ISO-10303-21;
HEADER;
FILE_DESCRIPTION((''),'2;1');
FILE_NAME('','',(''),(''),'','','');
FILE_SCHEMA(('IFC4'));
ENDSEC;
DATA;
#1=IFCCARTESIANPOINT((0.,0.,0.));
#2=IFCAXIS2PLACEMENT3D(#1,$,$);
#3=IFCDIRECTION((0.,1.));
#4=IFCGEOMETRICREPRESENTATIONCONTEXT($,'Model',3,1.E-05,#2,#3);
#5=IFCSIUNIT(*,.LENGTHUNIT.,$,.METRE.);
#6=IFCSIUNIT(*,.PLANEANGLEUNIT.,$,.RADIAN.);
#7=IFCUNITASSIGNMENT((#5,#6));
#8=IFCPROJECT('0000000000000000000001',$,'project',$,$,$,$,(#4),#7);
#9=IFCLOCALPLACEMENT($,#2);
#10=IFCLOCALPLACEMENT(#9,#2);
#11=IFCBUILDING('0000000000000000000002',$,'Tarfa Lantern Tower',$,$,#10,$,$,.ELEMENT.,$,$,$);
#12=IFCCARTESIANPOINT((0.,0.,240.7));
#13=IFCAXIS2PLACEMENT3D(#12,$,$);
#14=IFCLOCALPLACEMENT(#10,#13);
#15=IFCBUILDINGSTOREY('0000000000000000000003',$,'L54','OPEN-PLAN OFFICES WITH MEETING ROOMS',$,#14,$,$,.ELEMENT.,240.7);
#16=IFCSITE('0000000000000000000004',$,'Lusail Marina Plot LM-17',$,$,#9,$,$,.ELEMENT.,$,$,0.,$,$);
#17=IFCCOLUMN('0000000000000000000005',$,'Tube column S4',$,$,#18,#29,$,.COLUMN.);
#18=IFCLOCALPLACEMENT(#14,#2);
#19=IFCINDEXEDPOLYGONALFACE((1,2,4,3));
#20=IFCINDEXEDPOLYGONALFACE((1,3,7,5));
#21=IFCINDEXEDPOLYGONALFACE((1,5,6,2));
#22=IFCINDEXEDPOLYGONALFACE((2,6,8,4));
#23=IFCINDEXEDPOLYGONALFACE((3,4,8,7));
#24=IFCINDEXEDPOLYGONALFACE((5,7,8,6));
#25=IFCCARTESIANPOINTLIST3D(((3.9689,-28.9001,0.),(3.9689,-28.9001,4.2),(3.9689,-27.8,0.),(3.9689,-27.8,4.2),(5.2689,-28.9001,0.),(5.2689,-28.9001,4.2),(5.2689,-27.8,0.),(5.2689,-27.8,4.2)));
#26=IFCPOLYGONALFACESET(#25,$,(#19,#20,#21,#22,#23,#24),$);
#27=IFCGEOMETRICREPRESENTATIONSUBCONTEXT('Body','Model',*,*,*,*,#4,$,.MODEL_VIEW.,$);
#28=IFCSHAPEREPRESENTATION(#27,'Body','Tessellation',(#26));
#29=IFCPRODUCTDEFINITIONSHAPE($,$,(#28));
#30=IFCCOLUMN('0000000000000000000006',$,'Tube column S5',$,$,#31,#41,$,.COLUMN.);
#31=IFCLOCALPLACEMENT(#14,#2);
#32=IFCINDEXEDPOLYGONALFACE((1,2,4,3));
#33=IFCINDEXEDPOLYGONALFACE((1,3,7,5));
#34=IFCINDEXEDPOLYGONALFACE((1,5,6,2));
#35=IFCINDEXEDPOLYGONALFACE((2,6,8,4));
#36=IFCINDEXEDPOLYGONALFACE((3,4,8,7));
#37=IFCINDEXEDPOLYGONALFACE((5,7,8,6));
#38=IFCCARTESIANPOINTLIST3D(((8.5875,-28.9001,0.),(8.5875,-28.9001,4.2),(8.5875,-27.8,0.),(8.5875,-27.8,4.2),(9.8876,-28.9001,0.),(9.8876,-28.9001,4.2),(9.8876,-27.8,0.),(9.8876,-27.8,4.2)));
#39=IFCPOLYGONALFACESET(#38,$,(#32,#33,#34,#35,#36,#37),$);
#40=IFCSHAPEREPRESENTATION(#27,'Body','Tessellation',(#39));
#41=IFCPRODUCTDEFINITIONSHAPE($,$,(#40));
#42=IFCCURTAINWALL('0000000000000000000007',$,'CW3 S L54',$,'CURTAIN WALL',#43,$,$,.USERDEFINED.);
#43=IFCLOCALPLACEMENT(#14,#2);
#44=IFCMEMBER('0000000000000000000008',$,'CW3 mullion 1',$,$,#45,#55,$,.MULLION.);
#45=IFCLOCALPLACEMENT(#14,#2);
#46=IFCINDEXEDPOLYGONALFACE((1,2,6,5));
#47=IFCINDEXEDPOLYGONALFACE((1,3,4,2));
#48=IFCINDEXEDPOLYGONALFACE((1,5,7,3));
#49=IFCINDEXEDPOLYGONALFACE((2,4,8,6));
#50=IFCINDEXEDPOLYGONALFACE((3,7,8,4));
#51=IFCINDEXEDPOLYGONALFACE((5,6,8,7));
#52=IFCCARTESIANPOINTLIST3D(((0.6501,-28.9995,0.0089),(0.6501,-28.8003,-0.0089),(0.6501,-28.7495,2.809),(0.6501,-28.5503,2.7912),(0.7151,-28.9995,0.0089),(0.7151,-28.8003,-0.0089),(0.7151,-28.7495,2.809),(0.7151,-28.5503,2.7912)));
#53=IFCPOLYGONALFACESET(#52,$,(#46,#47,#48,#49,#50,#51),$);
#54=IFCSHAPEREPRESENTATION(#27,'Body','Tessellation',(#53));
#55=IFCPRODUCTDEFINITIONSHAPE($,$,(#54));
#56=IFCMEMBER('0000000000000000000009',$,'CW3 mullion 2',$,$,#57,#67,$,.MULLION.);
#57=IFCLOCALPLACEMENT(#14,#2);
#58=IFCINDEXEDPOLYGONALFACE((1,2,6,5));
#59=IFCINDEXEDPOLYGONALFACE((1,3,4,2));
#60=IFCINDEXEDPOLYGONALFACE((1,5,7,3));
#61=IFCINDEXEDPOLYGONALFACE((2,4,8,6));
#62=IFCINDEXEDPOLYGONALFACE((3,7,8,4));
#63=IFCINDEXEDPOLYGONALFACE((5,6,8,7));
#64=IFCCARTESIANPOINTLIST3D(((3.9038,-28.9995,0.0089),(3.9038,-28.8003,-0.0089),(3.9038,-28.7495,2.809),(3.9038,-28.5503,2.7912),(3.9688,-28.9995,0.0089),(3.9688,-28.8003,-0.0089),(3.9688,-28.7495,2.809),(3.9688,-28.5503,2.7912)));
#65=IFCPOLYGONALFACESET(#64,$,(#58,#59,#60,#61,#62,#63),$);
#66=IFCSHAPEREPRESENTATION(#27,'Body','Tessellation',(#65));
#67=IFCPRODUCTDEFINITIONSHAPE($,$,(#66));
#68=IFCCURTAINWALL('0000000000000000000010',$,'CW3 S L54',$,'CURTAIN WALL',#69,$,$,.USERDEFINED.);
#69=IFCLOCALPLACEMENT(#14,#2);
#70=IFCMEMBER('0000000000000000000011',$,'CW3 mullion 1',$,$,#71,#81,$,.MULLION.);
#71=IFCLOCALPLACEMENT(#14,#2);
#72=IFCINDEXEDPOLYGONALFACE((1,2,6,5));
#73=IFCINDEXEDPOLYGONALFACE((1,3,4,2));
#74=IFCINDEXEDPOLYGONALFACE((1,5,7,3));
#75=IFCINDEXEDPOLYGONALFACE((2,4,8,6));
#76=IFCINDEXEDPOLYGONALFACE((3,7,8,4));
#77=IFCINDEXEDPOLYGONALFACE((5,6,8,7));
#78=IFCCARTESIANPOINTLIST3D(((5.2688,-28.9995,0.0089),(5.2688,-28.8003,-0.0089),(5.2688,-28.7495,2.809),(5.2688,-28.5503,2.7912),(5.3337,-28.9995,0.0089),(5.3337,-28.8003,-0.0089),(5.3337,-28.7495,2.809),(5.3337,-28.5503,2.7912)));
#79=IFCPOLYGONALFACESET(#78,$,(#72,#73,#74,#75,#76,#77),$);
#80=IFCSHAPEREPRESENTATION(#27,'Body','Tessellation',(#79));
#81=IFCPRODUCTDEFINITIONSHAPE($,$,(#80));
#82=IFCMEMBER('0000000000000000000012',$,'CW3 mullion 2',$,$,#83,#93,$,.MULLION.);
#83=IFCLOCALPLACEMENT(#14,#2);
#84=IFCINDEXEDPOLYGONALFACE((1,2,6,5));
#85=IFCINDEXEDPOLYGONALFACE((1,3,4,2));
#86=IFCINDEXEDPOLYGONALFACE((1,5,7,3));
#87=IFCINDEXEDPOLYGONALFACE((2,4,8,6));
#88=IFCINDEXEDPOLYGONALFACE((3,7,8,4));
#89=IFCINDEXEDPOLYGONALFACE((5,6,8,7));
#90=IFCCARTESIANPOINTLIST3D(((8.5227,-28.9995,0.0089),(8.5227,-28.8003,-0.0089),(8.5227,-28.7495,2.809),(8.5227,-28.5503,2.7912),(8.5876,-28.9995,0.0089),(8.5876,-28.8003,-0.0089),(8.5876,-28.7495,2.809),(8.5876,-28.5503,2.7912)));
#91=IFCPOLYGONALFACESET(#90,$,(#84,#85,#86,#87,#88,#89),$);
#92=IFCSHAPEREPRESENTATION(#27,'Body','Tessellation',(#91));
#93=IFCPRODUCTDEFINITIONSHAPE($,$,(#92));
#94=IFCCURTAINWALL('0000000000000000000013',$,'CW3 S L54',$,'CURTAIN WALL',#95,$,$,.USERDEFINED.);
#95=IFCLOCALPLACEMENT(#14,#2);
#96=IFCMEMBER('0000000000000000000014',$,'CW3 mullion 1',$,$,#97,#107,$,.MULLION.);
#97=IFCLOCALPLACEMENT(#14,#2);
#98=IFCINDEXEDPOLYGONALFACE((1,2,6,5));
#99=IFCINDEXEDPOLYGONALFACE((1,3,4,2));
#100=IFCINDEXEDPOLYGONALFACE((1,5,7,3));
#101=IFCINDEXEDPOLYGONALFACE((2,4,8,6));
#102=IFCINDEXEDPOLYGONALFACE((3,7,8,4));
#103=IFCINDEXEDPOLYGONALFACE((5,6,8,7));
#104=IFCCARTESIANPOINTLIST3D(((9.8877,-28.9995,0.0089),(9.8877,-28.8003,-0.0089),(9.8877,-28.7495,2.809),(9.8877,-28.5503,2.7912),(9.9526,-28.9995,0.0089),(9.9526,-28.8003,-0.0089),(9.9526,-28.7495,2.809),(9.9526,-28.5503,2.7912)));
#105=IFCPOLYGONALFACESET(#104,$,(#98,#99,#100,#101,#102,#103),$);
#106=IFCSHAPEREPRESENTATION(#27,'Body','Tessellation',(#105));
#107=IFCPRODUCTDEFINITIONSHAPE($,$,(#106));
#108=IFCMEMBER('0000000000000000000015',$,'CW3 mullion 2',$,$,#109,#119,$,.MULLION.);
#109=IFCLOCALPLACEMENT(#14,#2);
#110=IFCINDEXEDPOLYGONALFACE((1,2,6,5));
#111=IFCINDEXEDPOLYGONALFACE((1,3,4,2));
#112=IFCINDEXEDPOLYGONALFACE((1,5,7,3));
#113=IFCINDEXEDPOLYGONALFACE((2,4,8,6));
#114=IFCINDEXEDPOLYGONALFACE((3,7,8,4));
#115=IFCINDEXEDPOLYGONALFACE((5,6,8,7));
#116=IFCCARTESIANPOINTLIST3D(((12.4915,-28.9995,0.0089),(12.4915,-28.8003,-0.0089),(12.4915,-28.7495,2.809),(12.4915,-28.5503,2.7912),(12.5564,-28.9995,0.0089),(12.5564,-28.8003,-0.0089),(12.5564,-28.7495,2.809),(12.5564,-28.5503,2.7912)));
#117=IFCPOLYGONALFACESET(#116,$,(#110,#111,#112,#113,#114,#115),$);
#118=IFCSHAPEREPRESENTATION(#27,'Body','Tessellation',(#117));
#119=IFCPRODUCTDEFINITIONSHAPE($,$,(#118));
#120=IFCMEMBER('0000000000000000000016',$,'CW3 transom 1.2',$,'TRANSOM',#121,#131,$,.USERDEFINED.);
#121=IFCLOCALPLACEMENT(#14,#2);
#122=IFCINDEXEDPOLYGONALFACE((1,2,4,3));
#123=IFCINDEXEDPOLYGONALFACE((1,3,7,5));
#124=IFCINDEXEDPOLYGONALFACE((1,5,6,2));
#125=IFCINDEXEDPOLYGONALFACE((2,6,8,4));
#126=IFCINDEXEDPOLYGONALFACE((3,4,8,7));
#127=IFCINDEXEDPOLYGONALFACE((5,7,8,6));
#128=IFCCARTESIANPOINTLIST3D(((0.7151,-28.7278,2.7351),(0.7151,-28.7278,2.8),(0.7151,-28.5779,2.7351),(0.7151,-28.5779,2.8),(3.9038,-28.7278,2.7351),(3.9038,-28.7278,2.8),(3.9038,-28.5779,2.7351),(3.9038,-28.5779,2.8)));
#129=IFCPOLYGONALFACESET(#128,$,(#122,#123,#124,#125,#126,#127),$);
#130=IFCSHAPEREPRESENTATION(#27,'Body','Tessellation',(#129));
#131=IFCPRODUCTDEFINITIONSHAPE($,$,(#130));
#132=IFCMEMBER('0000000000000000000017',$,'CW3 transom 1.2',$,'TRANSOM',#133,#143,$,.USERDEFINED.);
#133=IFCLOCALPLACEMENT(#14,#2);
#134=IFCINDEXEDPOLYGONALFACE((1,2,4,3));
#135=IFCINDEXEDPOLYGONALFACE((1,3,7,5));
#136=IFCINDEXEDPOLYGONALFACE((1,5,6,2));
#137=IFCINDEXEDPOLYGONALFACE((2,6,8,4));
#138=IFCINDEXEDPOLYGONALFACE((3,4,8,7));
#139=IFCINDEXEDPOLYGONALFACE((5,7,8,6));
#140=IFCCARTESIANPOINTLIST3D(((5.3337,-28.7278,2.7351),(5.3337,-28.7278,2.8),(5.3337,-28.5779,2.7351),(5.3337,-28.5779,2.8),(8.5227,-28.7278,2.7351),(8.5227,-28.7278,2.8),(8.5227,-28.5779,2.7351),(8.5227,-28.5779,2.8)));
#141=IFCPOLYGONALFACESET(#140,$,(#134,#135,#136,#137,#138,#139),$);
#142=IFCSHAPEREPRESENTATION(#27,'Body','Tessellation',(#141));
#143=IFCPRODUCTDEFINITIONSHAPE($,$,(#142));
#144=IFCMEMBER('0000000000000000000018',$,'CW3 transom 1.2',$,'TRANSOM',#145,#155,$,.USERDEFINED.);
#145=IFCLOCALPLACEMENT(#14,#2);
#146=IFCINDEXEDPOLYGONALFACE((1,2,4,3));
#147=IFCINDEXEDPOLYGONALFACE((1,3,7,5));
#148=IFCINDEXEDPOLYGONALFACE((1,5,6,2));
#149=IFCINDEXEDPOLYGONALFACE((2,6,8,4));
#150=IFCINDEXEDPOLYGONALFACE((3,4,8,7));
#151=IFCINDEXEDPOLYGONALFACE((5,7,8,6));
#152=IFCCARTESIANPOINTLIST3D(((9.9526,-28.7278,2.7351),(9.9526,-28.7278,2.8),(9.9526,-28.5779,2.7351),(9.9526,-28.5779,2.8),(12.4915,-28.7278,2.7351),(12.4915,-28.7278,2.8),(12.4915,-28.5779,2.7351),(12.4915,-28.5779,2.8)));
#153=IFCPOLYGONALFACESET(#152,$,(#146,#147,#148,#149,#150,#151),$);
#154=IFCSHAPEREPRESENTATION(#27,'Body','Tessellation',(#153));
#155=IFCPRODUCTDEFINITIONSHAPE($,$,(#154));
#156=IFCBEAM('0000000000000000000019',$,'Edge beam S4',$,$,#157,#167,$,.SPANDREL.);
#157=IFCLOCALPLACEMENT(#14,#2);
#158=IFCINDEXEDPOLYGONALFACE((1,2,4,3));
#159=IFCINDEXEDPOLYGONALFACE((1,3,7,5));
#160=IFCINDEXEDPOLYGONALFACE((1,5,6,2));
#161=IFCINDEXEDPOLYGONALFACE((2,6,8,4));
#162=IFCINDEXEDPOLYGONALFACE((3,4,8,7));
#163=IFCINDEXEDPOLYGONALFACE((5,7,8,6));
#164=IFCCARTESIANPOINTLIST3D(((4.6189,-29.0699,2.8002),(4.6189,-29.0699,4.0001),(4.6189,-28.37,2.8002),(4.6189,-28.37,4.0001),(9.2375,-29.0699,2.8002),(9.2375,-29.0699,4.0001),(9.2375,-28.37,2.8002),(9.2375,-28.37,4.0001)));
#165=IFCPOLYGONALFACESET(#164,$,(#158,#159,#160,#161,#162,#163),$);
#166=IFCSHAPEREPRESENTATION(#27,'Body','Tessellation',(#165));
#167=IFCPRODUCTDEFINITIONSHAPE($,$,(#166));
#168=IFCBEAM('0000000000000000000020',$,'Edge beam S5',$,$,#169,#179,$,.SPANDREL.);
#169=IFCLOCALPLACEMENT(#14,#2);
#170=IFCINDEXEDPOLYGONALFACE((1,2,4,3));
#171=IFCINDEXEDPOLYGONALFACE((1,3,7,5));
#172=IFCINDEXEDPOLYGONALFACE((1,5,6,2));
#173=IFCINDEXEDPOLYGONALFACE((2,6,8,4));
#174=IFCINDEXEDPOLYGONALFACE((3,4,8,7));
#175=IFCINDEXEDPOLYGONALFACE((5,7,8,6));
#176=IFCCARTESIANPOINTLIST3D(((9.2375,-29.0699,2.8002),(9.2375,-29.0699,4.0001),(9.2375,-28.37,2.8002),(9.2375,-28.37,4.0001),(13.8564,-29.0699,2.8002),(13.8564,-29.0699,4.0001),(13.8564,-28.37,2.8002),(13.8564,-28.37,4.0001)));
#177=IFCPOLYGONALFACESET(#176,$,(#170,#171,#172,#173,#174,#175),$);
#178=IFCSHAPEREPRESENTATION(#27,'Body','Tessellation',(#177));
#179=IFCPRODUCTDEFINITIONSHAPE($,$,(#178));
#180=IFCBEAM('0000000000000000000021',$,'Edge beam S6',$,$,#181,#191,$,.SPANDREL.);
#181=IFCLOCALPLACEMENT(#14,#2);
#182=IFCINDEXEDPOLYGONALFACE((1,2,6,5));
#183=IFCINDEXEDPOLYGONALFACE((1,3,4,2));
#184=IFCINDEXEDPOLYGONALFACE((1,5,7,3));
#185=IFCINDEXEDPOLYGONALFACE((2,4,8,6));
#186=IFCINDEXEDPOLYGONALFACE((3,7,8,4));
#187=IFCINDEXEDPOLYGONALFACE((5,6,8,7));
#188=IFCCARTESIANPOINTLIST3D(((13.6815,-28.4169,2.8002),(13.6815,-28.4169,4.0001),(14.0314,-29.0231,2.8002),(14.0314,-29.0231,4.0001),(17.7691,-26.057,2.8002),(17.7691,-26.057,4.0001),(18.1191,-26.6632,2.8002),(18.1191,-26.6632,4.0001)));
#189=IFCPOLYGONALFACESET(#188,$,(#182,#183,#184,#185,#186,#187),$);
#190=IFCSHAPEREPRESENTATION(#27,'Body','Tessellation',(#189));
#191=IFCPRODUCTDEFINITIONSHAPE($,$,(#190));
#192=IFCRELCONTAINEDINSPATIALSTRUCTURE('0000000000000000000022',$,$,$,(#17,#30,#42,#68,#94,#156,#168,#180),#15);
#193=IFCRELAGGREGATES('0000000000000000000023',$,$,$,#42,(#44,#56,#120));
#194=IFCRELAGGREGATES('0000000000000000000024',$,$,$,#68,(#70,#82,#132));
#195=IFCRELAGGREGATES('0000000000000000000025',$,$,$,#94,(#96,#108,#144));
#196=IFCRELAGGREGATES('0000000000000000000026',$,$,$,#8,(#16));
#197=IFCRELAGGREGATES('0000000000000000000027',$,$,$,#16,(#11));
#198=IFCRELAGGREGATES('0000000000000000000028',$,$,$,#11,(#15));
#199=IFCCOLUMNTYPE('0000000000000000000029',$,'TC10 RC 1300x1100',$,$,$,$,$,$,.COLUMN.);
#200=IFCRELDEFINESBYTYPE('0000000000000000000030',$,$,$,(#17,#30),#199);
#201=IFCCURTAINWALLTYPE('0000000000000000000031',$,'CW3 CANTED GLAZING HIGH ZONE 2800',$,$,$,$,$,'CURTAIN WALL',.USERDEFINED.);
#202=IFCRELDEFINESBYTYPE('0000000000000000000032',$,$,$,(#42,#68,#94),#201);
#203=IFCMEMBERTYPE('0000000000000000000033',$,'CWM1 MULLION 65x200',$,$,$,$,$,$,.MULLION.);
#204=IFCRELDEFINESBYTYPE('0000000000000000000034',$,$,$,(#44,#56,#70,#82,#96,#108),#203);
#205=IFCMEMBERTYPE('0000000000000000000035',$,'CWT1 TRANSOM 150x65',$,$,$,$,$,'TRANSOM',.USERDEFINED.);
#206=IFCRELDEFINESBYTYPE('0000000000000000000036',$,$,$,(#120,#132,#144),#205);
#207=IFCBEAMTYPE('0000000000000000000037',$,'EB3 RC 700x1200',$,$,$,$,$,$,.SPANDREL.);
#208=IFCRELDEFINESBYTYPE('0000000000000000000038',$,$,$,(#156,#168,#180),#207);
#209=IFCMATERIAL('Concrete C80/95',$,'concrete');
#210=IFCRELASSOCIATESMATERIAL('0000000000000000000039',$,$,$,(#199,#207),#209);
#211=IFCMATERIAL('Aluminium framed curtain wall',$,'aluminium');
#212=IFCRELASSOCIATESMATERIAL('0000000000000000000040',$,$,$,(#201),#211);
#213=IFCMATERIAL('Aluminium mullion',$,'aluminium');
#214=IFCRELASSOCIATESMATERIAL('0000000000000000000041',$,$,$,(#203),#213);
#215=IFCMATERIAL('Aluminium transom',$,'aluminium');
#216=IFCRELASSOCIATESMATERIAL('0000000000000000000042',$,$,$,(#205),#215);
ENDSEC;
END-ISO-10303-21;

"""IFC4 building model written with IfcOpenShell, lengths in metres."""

from ifc_helpers import new_model, si_unit, direction, frame, origin, origin_2d, place, context, subcontext, project, spatial, rectangle, extrude, material, material_profile, profile_set, type_object, element, aggregate, save


model = new_model("IFC4")

# Units and contexts
model_context = context("Model", 3, precision=1e-05, world=origin(), true_north=direction((0.0, 1.0)))
body_context = subcontext(model_context, "Body", "Model", "MODEL_VIEW")
ifc_project = project(units=[si_unit("LENGTHUNIT", "METRE"), si_unit("PLANEANGLEUNIT", "RADIAN")], contexts=[model_context])

# Site, building, storey
site_placement = place(None, origin())
site = spatial("IfcSite", under=ifc_project, at=site_placement, Name="Lusail Marina Plot LM-17", CompositionType="ELEMENT", RefElevation=0.0)
building_placement = place(site_placement, origin())
building = spatial("IfcBuilding", under=site, at=building_placement, Name="Tarfa Lantern Tower", CompositionType="ELEMENT")
storey_placement = place(building_placement, frame((0.0, 0.0, 240.7)))
storey = spatial("IfcBuildingStorey", under=building, at=storey_placement, Name="L54", Description="OPEN-PLAN OFFICES WITH MEETING ROOMS", CompositionType="ELEMENT", Elevation=240.7)

# Columns
ifc_material_1 = material(Name="Concrete C80/95", Category="concrete")
ifc_material_profile_1 = material_profile(ifc_material_1, rectangle(XDim=1.3, YDim=1.1001, at=origin_2d()), Name="RC 1300x1100")
ifc_profile_set_1 = profile_set([ifc_material_profile_1], Name="Concrete C80/95")
column_type = type_object("IfcColumnType", Name="TC10 RC 1300x1100", PredefinedType="COLUMN", material=ifc_profile_set_1)
for number, where, z_axis, x_axis, name in (
    (1, (4.6189, -28.3501, 0.0), (0.0, 0.0, 1.0), (1.0, 0.0, 0.0), "Tube column S4"),
    (2, (9.2375, -28.3501, 0.0), (0.0, 0.0, 1.0), (1.0, 0.0, 0.0), "Tube column S5"),
):
    element("IfcColumn", number, at=place(storey_placement, frame(where, z_axis=z_axis, x_axis=x_axis)), inside=storey, type_object=column_type, Name=name, PredefinedType="COLUMN", context=body_context, shape_type="SweptSolid", body=[
        extrude(rectangle(XDim=1.3, YDim=1.1001, at=origin_2d()), origin(), (0.0, 0.0, 1.0), 4.2),
    ])

# Curtain walls, members
ifc_material_2 = material(Name="Aluminium framed curtain wall", Category="aluminium")
curtain_wall_type = type_object("IfcCurtainWallType", Name="CW3 CANTED GLAZING HIGH ZONE 2800", ElementType="CURTAIN WALL", PredefinedType="USERDEFINED", material=ifc_material_2)
curtain_wall_1_placement = place(storey_placement, origin())
curtain_wall_1 = element("IfcCurtainWall", 3, at=curtain_wall_1_placement, inside=storey, type_object=curtain_wall_type, Name="CW3 S L54", ObjectType="CURTAIN WALL", PredefinedType="USERDEFINED")
ifc_material_3 = material(Name="Aluminium mullion", Category="aluminium")
ifc_material_profile_2 = material_profile(ifc_material_3, rectangle(XDim=0.0649, YDim=0.2, at=origin_2d()), Name="AL MULLION 65x200")
ifc_profile_set_2 = profile_set([ifc_material_profile_2], Name="Aluminium mullion")
member_type_1 = type_object("IfcMemberType", Name="CWM1 MULLION 65x200", PredefinedType="MULLION", material=ifc_profile_set_2)
member_1_placement = place(storey_placement, frame((0.6826, -28.8999, 0.0), z_axis=(0.0, 0.08893, 0.996038), x_axis=(-1.0, 0.0, 0.0)))
member_1 = element("IfcMember", 4, at=member_1_placement, type_object=member_type_1, Name="CW3 mullion 1", PredefinedType="MULLION", context=body_context, shape_type="SweptSolid", body=[
    extrude(rectangle(XDim=0.0649, YDim=0.2, at=origin_2d()), origin(), (0.0, 0.0, 1.0), 2.8113),
])
member_2_placement = place(storey_placement, frame((3.9363, -28.8999, 0.0), z_axis=(0.0, 0.08893, 0.996038), x_axis=(-1.0, 0.0, 0.0)))
member_2 = element("IfcMember", 5, at=member_2_placement, type_object=member_type_1, Name="CW3 mullion 2", PredefinedType="MULLION", context=body_context, shape_type="SweptSolid", body=[
    extrude(rectangle(XDim=0.0649, YDim=0.2, at=origin_2d()), origin(), (0.0, 0.0, 1.0), 2.8113),
])
curtain_wall_2_placement = place(storey_placement, origin())
curtain_wall_2 = element("IfcCurtainWall", 6, at=curtain_wall_2_placement, inside=storey, type_object=curtain_wall_type, Name="CW3 S L54", ObjectType="CURTAIN WALL", PredefinedType="USERDEFINED")
member_3_placement = place(storey_placement, frame((5.3013, -28.8999, 0.0), z_axis=(0.0, 0.08893, 0.996038), x_axis=(-1.0, 0.0, 0.0)))
member_3 = element("IfcMember", 7, at=member_3_placement, type_object=member_type_1, Name="CW3 mullion 1", PredefinedType="MULLION", context=body_context, shape_type="SweptSolid", body=[
    extrude(rectangle(XDim=0.0649, YDim=0.2, at=origin_2d()), origin(), (0.0, 0.0, 1.0), 2.8113),
])
member_4_placement = place(storey_placement, frame((8.5552, -28.8999, 0.0), z_axis=(0.0, 0.08893, 0.996038), x_axis=(-1.0, 0.0, 0.0)))
member_4 = element("IfcMember", 8, at=member_4_placement, type_object=member_type_1, Name="CW3 mullion 2", PredefinedType="MULLION", context=body_context, shape_type="SweptSolid", body=[
    extrude(rectangle(XDim=0.0649, YDim=0.2, at=origin_2d()), origin(), (0.0, 0.0, 1.0), 2.8113),
])
curtain_wall_3_placement = place(storey_placement, origin())
curtain_wall_3 = element("IfcCurtainWall", 9, at=curtain_wall_3_placement, inside=storey, type_object=curtain_wall_type, Name="CW3 S L54", ObjectType="CURTAIN WALL", PredefinedType="USERDEFINED")
member_5_placement = place(storey_placement, frame((9.9202, -28.8999, 0.0), z_axis=(0.0, 0.08893, 0.996038), x_axis=(-1.0, 0.0, 0.0)))
member_5 = element("IfcMember", 10, at=member_5_placement, type_object=member_type_1, Name="CW3 mullion 1", PredefinedType="MULLION", context=body_context, shape_type="SweptSolid", body=[
    extrude(rectangle(XDim=0.0649, YDim=0.2, at=origin_2d()), origin(), (0.0, 0.0, 1.0), 2.8113),
])
member_6_placement = place(storey_placement, frame((12.5239, -28.8999, 0.0), z_axis=(0.0, 0.08893, 0.996038), x_axis=(-1.0, 0.0, 0.0)))
member_6 = element("IfcMember", 11, at=member_6_placement, type_object=member_type_1, Name="CW3 mullion 2", PredefinedType="MULLION", context=body_context, shape_type="SweptSolid", body=[
    extrude(rectangle(XDim=0.0649, YDim=0.2, at=origin_2d()), origin(), (0.0, 0.0, 1.0), 2.8113),
])

# Members
ifc_material_4 = material(Name="Aluminium transom", Category="aluminium")
ifc_material_profile_3 = material_profile(ifc_material_4, rectangle(XDim=0.1499, YDim=0.0649, at=origin_2d()), Name="AL TRANSOM 150x65")
ifc_profile_set_3 = profile_set([ifc_material_profile_3], Name="Aluminium transom")
member_type_2 = type_object("IfcMemberType", Name="CWT1 TRANSOM 150x65", ElementType="TRANSOM", PredefinedType="USERDEFINED", material=ifc_profile_set_3)
member_7_placement = place(storey_placement, frame((0.7151, -28.6528, 2.7676), z_axis=(1.0, 0.0, 0.0), x_axis=(0.0, 1.0, 0.0)))
member_7 = element("IfcMember", 12, at=member_7_placement, type_object=member_type_2, Name="CW3 transom 1.2", ObjectType="TRANSOM", PredefinedType="USERDEFINED", context=body_context, shape_type="SweptSolid", body=[
    extrude(rectangle(XDim=0.1499, YDim=0.0649, at=origin_2d()), origin(), (0.0, 0.0, 1.0), 3.1887),
])
member_8_placement = place(storey_placement, frame((5.3337, -28.6528, 2.7676), z_axis=(1.0, 0.0, 0.0), x_axis=(0.0, 1.0, 0.0)))
member_8 = element("IfcMember", 13, at=member_8_placement, type_object=member_type_2, Name="CW3 transom 1.2", ObjectType="TRANSOM", PredefinedType="USERDEFINED", context=body_context, shape_type="SweptSolid", body=[
    extrude(rectangle(XDim=0.1499, YDim=0.0649, at=origin_2d()), origin(), (0.0, 0.0, 1.0), 3.189),
])
member_9_placement = place(storey_placement, frame((9.9526, -28.6528, 2.7676), z_axis=(1.0, 0.0, 0.0), x_axis=(0.0, 1.0, 0.0)))
member_9 = element("IfcMember", 14, at=member_9_placement, type_object=member_type_2, Name="CW3 transom 1.2", ObjectType="TRANSOM", PredefinedType="USERDEFINED", context=body_context, shape_type="SweptSolid", body=[
    extrude(rectangle(XDim=0.1499, YDim=0.0649, at=origin_2d()), origin(), (0.0, 0.0, 1.0), 2.5388),
])

# Beams
ifc_material_profile_4 = material_profile(ifc_material_1, rectangle(XDim=0.7, YDim=1.2, at=origin_2d()), Name="RC 700x1200")
ifc_profile_set_4 = profile_set([ifc_material_profile_4], Name="Concrete C80/95")
beam_type_1 = type_object("IfcBeamType", Name="EB3 RC 700x1200", PredefinedType="SPANDREL", material=ifc_profile_set_4)
beam_1_placement = place(storey_placement, frame((4.6189, -28.72, 3.4001), z_axis=(1.0, 0.0, 0.0), x_axis=(0.0, 1.0, 0.0)))
element("IfcBeam", 15, at=beam_1_placement, inside=storey, type_object=beam_type_1, Name="Edge beam S4", PredefinedType="SPANDREL", context=body_context, shape_type="SweptSolid", body=[
    extrude(rectangle(XDim=0.7, YDim=1.2, at=origin_2d()), origin(), (0.0, 0.0, 1.0), 4.6187),
])
beam_2_placement = place(storey_placement, frame((9.2375, -28.72, 3.4001), z_axis=(1.0, 0.0, 0.0), x_axis=(0.0, 1.0, 0.0)))
element("IfcBeam", 16, at=beam_2_placement, inside=storey, type_object=beam_type_1, Name="Edge beam S5", PredefinedType="SPANDREL", context=body_context, shape_type="SweptSolid", body=[
    extrude(rectangle(XDim=0.7, YDim=1.2, at=origin_2d()), origin(), (0.0, 0.0, 1.0), 4.6189),
])
beam_3_placement = place(storey_placement, frame((13.8564, -28.72, 3.4001), z_axis=(0.866038, 0.499978, 0.0), x_axis=(-0.499978, 0.866038, 0.0)))
element("IfcBeam", 17, at=beam_3_placement, inside=storey, type_object=beam_type_1, Name="Edge beam S6", PredefinedType="SPANDREL", context=body_context, shape_type="SweptSolid", body=[
    extrude(rectangle(XDim=0.7, YDim=1.2, at=origin_2d()), origin(), (0.0, 0.0, 1.0), 4.72),
])

aggregate(curtain_wall_1, [member_1, member_2, member_7])
aggregate(curtain_wall_2, [member_3, member_4, member_8])
aggregate(curtain_wall_3, [member_5, member_6, member_9])

save(model, "model.ifc")
